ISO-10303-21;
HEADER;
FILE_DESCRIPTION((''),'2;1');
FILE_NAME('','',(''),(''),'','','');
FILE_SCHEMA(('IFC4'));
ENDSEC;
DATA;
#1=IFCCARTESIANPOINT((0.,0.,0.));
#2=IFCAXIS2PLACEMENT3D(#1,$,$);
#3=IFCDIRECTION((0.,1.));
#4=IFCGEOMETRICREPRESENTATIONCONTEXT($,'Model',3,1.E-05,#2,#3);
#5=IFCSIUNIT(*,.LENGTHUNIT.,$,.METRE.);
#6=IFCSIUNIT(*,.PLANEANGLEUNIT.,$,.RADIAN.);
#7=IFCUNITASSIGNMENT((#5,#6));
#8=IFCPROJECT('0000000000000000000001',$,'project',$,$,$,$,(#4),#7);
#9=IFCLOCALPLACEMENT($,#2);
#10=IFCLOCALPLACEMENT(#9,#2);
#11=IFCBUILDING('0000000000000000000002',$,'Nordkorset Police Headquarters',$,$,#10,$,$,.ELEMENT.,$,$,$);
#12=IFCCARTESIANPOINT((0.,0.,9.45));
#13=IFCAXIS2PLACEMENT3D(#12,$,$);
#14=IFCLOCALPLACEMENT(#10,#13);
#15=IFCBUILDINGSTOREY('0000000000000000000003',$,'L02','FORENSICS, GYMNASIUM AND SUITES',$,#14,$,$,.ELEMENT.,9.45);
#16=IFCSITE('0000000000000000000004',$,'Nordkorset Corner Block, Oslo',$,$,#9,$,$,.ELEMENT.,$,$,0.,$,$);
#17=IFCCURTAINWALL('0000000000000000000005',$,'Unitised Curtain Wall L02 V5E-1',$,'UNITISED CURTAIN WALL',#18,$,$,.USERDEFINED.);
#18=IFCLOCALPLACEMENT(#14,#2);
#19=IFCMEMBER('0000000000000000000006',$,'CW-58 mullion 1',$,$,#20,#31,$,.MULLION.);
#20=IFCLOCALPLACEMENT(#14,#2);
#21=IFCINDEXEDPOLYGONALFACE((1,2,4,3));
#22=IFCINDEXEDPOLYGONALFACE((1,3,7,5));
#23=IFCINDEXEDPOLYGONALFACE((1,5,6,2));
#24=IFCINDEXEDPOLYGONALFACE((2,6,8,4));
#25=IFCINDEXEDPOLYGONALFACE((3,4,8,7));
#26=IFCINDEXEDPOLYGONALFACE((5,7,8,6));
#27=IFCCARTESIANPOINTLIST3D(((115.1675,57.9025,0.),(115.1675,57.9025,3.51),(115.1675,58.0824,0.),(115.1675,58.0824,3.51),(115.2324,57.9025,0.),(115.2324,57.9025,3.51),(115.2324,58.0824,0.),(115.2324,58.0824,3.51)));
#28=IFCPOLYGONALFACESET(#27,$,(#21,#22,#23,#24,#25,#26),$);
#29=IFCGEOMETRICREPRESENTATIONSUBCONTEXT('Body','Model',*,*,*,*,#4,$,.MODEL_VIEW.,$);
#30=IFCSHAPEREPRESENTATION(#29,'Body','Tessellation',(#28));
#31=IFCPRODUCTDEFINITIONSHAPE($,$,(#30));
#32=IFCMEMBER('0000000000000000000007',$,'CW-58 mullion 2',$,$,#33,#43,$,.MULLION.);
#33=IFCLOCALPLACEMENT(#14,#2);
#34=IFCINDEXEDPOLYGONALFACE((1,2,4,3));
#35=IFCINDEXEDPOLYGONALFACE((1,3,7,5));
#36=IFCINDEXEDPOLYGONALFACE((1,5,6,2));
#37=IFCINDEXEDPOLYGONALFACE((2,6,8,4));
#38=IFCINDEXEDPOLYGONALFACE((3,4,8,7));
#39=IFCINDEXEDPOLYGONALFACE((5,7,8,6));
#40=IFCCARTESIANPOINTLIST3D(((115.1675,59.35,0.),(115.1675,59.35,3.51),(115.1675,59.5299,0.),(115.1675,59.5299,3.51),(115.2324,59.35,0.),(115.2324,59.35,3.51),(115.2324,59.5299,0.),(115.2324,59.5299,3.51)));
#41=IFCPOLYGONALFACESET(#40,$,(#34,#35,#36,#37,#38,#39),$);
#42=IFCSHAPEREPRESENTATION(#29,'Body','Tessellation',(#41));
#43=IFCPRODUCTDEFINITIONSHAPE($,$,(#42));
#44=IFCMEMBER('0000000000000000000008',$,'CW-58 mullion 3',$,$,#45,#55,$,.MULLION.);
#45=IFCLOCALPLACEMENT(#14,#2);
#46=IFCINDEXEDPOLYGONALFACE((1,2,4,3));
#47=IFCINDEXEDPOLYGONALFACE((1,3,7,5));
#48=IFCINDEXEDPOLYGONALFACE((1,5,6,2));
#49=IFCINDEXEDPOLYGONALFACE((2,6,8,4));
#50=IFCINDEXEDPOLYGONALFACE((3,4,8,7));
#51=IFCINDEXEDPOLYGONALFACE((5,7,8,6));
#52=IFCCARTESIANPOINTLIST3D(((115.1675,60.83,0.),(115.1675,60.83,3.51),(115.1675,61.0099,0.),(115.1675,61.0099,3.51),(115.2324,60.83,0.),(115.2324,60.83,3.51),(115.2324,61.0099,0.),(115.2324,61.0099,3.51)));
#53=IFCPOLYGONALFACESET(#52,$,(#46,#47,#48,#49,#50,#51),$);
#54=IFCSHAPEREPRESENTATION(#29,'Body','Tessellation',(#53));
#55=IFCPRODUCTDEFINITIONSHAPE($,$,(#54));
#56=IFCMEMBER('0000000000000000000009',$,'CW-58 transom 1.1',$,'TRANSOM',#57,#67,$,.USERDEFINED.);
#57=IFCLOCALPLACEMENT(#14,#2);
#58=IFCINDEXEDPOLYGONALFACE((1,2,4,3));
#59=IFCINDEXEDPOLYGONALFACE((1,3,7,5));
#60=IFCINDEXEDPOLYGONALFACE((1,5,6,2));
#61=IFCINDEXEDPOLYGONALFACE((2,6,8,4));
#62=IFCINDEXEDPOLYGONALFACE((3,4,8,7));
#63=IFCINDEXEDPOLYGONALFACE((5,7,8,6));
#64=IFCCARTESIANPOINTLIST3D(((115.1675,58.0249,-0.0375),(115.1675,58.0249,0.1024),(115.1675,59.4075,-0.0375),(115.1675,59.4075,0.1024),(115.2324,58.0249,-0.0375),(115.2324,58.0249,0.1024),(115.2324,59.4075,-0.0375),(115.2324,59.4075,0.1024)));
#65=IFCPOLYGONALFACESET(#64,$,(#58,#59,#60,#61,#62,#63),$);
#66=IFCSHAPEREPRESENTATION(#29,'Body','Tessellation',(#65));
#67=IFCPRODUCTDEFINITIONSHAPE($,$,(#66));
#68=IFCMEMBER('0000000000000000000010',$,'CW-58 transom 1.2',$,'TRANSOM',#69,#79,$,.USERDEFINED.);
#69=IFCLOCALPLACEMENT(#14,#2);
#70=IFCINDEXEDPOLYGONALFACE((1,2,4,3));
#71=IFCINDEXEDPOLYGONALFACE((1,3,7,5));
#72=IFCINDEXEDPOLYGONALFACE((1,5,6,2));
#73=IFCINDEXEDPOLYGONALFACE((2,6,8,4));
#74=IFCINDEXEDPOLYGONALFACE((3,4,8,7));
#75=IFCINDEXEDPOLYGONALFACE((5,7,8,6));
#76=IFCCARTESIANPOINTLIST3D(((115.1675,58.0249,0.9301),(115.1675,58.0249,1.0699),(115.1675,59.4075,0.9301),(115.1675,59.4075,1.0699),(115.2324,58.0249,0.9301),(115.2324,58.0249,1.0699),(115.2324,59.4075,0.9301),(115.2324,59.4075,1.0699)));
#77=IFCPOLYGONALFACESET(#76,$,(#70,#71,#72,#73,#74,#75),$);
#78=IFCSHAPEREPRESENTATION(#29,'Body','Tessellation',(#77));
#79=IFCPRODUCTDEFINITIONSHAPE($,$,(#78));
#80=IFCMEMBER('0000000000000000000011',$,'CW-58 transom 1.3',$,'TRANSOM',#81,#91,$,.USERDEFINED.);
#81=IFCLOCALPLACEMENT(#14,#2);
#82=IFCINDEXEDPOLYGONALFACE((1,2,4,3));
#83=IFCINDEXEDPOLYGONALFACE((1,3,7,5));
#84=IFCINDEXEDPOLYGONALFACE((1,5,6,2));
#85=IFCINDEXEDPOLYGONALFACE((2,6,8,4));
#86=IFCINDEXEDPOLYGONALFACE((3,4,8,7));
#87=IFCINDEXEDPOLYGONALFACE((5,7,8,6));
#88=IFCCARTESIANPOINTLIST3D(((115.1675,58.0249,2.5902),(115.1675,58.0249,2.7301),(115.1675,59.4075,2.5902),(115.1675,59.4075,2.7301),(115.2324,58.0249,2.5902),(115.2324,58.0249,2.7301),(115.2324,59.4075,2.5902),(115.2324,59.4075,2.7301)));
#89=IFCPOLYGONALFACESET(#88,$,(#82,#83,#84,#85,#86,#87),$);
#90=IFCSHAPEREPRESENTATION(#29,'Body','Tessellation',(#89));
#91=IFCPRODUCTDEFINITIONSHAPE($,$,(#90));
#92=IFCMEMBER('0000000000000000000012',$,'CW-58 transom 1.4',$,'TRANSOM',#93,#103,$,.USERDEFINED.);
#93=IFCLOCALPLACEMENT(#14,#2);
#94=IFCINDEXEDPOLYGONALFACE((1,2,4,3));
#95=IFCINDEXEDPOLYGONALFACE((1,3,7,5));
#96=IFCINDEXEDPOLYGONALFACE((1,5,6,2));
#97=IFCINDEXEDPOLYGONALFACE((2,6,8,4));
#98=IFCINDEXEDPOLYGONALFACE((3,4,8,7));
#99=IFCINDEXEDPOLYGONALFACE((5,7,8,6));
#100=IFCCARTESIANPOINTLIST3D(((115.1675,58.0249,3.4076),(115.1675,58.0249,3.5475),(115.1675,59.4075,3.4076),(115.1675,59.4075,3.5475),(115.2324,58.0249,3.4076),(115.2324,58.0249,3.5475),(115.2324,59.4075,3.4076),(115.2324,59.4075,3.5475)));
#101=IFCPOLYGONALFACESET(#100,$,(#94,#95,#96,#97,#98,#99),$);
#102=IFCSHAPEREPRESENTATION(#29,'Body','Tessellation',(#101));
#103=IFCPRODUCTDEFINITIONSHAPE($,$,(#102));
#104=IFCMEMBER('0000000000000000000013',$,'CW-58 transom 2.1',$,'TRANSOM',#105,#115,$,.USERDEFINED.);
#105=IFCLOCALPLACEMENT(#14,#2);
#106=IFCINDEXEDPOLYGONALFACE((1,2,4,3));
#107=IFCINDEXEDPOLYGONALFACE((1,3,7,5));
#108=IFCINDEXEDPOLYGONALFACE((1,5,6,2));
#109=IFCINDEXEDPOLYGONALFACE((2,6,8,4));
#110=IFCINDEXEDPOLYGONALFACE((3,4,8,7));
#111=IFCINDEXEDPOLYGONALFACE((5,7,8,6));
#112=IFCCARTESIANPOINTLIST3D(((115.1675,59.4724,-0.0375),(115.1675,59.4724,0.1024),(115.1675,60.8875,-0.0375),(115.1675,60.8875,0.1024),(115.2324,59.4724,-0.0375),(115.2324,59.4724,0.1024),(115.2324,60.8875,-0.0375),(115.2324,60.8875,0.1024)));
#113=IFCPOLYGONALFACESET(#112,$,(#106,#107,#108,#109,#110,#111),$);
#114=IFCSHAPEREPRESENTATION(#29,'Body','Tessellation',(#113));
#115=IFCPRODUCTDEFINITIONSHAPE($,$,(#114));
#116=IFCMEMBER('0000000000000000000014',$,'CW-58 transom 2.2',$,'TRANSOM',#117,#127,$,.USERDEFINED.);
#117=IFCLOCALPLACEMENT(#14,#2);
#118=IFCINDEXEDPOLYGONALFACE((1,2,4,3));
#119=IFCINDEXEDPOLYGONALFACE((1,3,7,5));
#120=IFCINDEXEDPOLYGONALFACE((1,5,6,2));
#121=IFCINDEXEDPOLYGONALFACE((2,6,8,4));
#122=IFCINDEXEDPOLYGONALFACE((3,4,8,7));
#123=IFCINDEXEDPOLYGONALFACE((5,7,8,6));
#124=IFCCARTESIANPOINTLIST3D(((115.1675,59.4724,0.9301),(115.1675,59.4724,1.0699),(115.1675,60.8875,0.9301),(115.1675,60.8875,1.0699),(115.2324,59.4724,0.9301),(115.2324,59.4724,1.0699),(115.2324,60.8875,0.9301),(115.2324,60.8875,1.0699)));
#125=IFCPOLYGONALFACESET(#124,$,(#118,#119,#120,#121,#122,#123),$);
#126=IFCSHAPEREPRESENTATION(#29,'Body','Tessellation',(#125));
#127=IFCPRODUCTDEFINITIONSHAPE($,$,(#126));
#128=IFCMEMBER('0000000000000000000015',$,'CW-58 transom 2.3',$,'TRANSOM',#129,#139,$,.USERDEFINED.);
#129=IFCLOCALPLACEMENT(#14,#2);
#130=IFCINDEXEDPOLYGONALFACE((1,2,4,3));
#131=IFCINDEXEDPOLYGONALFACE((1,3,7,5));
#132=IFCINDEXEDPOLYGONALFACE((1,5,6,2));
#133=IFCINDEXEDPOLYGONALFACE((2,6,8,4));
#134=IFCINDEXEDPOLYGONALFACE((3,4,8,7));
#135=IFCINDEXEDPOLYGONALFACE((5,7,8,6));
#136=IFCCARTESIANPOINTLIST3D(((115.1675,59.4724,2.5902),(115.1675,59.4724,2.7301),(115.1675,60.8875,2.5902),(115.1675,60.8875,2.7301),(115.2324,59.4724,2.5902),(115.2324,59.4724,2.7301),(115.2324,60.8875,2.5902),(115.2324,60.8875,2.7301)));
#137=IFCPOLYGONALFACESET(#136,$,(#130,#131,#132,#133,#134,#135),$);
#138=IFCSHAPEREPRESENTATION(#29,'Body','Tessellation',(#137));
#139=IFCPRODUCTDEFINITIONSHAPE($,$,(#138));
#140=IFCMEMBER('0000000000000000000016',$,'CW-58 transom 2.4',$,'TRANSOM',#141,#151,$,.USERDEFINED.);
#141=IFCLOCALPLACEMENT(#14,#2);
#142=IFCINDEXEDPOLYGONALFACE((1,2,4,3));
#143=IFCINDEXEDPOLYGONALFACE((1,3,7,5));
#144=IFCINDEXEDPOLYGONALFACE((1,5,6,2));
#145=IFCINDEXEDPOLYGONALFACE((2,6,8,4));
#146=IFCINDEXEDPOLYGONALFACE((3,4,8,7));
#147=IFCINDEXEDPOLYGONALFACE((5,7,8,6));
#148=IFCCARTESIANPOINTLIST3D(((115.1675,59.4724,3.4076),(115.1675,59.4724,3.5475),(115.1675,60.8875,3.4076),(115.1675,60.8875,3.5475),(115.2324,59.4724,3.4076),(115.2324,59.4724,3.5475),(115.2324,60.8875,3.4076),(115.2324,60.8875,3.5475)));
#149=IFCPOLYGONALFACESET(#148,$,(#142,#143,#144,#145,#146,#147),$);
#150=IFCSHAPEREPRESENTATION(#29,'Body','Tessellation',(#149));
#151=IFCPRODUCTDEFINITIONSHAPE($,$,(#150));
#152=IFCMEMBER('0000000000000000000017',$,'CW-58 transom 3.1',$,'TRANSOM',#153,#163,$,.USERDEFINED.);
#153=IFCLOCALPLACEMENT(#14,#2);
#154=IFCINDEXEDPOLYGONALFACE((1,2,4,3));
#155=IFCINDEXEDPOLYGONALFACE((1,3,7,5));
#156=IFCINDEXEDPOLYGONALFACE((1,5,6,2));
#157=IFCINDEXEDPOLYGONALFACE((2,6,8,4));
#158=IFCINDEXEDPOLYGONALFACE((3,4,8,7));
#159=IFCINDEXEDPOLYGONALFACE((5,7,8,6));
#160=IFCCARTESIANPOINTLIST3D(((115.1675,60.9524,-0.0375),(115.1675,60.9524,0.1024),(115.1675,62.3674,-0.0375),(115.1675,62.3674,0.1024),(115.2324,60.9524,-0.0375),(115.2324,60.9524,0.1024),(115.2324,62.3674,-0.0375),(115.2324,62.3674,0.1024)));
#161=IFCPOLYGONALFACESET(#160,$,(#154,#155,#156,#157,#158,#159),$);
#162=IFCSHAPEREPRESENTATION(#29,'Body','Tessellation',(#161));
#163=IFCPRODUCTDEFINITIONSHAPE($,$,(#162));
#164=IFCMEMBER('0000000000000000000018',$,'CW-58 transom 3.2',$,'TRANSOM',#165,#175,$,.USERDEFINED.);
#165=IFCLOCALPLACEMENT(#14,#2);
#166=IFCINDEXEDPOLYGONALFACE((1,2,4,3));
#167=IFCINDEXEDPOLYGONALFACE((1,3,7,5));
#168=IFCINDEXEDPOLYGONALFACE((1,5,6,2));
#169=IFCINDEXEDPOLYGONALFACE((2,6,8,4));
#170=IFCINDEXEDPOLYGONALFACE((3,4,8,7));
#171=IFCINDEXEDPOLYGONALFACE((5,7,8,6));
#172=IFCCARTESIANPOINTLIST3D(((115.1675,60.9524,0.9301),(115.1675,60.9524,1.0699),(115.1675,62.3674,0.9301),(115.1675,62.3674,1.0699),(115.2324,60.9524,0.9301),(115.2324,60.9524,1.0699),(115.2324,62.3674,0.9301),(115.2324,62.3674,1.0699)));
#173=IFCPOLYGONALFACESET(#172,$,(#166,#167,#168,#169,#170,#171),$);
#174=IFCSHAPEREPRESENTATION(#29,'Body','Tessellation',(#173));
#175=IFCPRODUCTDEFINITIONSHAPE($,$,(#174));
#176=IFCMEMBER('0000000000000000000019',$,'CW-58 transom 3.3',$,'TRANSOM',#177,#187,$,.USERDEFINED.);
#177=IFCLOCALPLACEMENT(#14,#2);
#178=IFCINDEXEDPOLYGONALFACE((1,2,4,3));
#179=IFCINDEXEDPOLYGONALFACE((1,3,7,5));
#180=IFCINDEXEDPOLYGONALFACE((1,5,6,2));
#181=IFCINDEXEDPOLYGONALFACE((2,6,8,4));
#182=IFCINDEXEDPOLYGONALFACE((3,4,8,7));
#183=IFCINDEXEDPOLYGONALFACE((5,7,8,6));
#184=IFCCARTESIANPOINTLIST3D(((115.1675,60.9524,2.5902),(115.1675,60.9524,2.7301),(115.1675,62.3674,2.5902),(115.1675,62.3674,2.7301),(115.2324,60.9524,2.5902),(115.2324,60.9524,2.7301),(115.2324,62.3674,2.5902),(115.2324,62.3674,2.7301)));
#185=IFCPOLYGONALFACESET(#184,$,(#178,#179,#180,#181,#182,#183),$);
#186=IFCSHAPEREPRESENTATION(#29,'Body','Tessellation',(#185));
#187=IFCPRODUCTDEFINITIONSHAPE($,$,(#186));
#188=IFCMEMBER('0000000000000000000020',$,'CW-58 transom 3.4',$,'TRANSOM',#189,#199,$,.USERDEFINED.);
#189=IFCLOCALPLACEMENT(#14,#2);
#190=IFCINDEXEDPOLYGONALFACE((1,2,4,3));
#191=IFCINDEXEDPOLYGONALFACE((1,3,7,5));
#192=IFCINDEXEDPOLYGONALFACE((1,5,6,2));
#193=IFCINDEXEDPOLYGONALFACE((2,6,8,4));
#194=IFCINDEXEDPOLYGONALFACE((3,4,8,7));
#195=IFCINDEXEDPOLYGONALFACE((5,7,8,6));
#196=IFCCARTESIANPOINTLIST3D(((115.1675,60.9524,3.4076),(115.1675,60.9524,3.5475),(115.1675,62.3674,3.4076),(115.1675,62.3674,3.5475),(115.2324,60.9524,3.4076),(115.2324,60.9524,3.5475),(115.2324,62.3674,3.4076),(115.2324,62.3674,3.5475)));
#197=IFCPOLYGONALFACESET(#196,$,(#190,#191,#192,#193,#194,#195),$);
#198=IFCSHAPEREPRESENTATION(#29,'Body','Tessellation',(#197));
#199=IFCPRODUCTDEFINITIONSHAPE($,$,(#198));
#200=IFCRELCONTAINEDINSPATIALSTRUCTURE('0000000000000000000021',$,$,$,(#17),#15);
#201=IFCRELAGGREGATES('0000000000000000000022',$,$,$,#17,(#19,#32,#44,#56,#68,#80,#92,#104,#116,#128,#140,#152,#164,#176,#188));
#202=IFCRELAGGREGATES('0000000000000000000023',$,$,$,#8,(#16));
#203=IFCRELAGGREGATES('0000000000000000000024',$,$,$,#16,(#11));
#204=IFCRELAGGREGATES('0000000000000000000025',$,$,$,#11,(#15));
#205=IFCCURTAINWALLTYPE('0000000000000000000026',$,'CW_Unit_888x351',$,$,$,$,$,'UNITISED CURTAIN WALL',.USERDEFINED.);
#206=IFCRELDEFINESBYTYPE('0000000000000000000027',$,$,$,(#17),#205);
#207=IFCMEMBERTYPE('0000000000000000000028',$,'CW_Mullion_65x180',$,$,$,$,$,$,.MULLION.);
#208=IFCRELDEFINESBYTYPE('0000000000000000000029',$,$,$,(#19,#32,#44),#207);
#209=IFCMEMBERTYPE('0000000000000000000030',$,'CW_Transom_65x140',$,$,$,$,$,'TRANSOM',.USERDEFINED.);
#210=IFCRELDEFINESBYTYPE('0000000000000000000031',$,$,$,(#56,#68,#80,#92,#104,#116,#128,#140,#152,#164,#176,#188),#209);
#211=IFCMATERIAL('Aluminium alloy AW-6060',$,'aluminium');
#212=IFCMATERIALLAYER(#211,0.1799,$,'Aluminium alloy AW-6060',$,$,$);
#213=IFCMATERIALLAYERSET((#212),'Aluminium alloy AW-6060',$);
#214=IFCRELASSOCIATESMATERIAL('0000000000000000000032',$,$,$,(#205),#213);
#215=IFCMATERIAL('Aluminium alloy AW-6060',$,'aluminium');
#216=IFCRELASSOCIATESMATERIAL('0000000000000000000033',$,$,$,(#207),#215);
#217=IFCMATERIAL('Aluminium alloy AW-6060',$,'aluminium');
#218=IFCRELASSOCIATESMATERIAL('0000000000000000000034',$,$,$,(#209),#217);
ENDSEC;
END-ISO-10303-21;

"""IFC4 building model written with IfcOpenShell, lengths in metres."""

from ifc_helpers import new_model, si_unit, direction, frame, origin, origin_2d, place, context, subcontext, project, spatial, rectangle, extrude, material, layer, layer_set, material_profile, profile_set, type_object, element, aggregate, save


model = new_model("IFC4")

# Units and contexts
model_context = context("Model", 3, precision=1e-05, world=origin(), true_north=direction((0.0, 1.0)))
body_context = subcontext(model_context, "Body", "Model", "MODEL_VIEW")
ifc_project = project(units=[si_unit("LENGTHUNIT", "METRE"), si_unit("PLANEANGLEUNIT", "RADIAN")], contexts=[model_context])

# Site, building, storey
site_placement = place(None, origin())
site = spatial("IfcSite", under=ifc_project, at=site_placement, Name="Nordkorset Corner Block, Oslo", CompositionType="ELEMENT", RefElevation=0.0)
building_placement = place(site_placement, origin())
building = spatial("IfcBuilding", under=site, at=building_placement, Name="Nordkorset Police Headquarters", CompositionType="ELEMENT")
storey_placement = place(building_placement, frame((0.0, 0.0, 9.45)))
storey = spatial("IfcBuildingStorey", under=building, at=storey_placement, Name="L02", Description="FORENSICS, GYMNASIUM AND SUITES", CompositionType="ELEMENT", Elevation=9.45)

# Curtain wall, members
ifc_material_1 = material(Name="Aluminium alloy AW-6060", Category="aluminium")
ifc_layer_1 = layer(ifc_material_1, 0.1799, Name="Aluminium alloy AW-6060")
ifc_layer_set_1 = layer_set([ifc_layer_1], Name="Aluminium alloy AW-6060")
curtain_wall_type = type_object("IfcCurtainWallType", Name="CW_Unit_888x351", ElementType="UNITISED CURTAIN WALL", PredefinedType="USERDEFINED", material=ifc_layer_set_1)
curtain_wall_placement = place(storey_placement, origin())
curtain_wall = element("IfcCurtainWall", 1, at=curtain_wall_placement, inside=storey, type_object=curtain_wall_type, Name="Unitised Curtain Wall L02 V5E-1", ObjectType="UNITISED CURTAIN WALL", PredefinedType="USERDEFINED")
ifc_material_2 = material(Name="Aluminium alloy AW-6060", Category="aluminium")
ifc_material_profile_1 = material_profile(ifc_material_2, rectangle(XDim=0.0649, YDim=0.1799, at=origin_2d()), Name="ALU MULL 65x180")
ifc_profile_set_1 = profile_set([ifc_material_profile_1], Name="Aluminium alloy AW-6060")
member_type_1 = type_object("IfcMemberType", Name="CW_Mullion_65x180", PredefinedType="MULLION", material=ifc_profile_set_1)
member_1_placement = place(storey_placement, frame((115.2, 57.9924, 0.0), z_axis=(0.0, 0.0, 1.0), x_axis=(-1.0, 0.0, 0.0)))
member_1 = element("IfcMember", 2, at=member_1_placement, type_object=member_type_1, Name="CW-58 mullion 1", PredefinedType="MULLION", context=body_context, shape_type="SweptSolid", body=[
    extrude(rectangle(XDim=0.0649, YDim=0.1799, at=origin_2d()), origin(), (0.0, 0.0, 1.0), 3.51),
])
member_2_placement = place(storey_placement, frame((115.2, 59.4399, 0.0), z_axis=(0.0, 0.0, 1.0), x_axis=(-1.0, 0.0, 0.0)))
member_2 = element("IfcMember", 3, at=member_2_placement, type_object=member_type_1, Name="CW-58 mullion 2", PredefinedType="MULLION", context=body_context, shape_type="SweptSolid", body=[
    extrude(rectangle(XDim=0.0649, YDim=0.1799, at=origin_2d()), origin(), (0.0, 0.0, 1.0), 3.51),
])
member_3_placement = place(storey_placement, frame((115.2, 60.9199, 0.0), z_axis=(0.0, 0.0, 1.0), x_axis=(-1.0, 0.0, 0.0)))
member_3 = element("IfcMember", 4, at=member_3_placement, type_object=member_type_1, Name="CW-58 mullion 3", PredefinedType="MULLION", context=body_context, shape_type="SweptSolid", body=[
    extrude(rectangle(XDim=0.0649, YDim=0.1799, at=origin_2d()), origin(), (0.0, 0.0, 1.0), 3.51),
])
ifc_material_3 = material(Name="Aluminium alloy AW-6060", Category="aluminium")
ifc_material_profile_2 = material_profile(ifc_material_3, rectangle(XDim=0.0649, YDim=0.1399, at=origin_2d()), Name="ALU TRAN 65x140")
ifc_profile_set_2 = profile_set([ifc_material_profile_2], Name="Aluminium alloy AW-6060")
member_type_2 = type_object("IfcMemberType", Name="CW_Transom_65x140", ElementType="TRANSOM", PredefinedType="USERDEFINED", material=ifc_profile_set_2)
member_4_placement = place(storey_placement, frame((115.2, 58.0249, 0.0325), z_axis=(0.0, 1.0, 0.0), x_axis=(-1.0, 0.0, 0.0)))
member_4 = element("IfcMember", 5, at=member_4_placement, type_object=member_type_2, Name="CW-58 transom 1.1", ObjectType="TRANSOM", PredefinedType="USERDEFINED", context=body_context, shape_type="SweptSolid", body=[
    extrude(rectangle(XDim=0.0649, YDim=0.1399, at=origin_2d()), origin(), (0.0, 0.0, 1.0), 1.3826),
])
member_5_placement = place(storey_placement, frame((115.2, 58.0249, 1.0), z_axis=(0.0, 1.0, 0.0), x_axis=(-1.0, 0.0, 0.0)))
member_5 = element("IfcMember", 6, at=member_5_placement, type_object=member_type_2, Name="CW-58 transom 1.2", ObjectType="TRANSOM", PredefinedType="USERDEFINED", context=body_context, shape_type="SweptSolid", body=[
    extrude(rectangle(XDim=0.0649, YDim=0.1399, at=origin_2d()), origin(), (0.0, 0.0, 1.0), 1.3826),
])
member_6_placement = place(storey_placement, frame((115.2, 58.0249, 2.6602), z_axis=(0.0, 1.0, 0.0), x_axis=(-1.0, 0.0, 0.0)))
member_6 = element("IfcMember", 7, at=member_6_placement, type_object=member_type_2, Name="CW-58 transom 1.3", ObjectType="TRANSOM", PredefinedType="USERDEFINED", context=body_context, shape_type="SweptSolid", body=[
    extrude(rectangle(XDim=0.0649, YDim=0.1399, at=origin_2d()), origin(), (0.0, 0.0, 1.0), 1.3826),
])
member_7_placement = place(storey_placement, frame((115.2, 58.0249, 3.4775), z_axis=(0.0, 1.0, 0.0), x_axis=(-1.0, 0.0, 0.0)))
member_7 = element("IfcMember", 8, at=member_7_placement, type_object=member_type_2, Name="CW-58 transom 1.4", ObjectType="TRANSOM", PredefinedType="USERDEFINED", context=body_context, shape_type="SweptSolid", body=[
    extrude(rectangle(XDim=0.0649, YDim=0.1399, at=origin_2d()), origin(), (0.0, 0.0, 1.0), 1.3826),
])
member_8_placement = place(storey_placement, frame((115.2, 59.4724, 0.0325), z_axis=(0.0, 1.0, 0.0), x_axis=(-1.0, 0.0, 0.0)))
member_8 = element("IfcMember", 9, at=member_8_placement, type_object=member_type_2, Name="CW-58 transom 2.1", ObjectType="TRANSOM", PredefinedType="USERDEFINED", context=body_context, shape_type="SweptSolid", body=[
    extrude(rectangle(XDim=0.0649, YDim=0.1399, at=origin_2d()), origin(), (0.0, 0.0, 1.0), 1.415),
])
member_9_placement = place(storey_placement, frame((115.2, 59.4724, 1.0), z_axis=(0.0, 1.0, 0.0), x_axis=(-1.0, 0.0, 0.0)))
member_9 = element("IfcMember", 10, at=member_9_placement, type_object=member_type_2, Name="CW-58 transom 2.2", ObjectType="TRANSOM", PredefinedType="USERDEFINED", context=body_context, shape_type="SweptSolid", body=[
    extrude(rectangle(XDim=0.0649, YDim=0.1399, at=origin_2d()), origin(), (0.0, 0.0, 1.0), 1.415),
])
member_10_placement = place(storey_placement, frame((115.2, 59.4724, 2.6602), z_axis=(0.0, 1.0, 0.0), x_axis=(-1.0, 0.0, 0.0)))
member_10 = element("IfcMember", 11, at=member_10_placement, type_object=member_type_2, Name="CW-58 transom 2.3", ObjectType="TRANSOM", PredefinedType="USERDEFINED", context=body_context, shape_type="SweptSolid", body=[
    extrude(rectangle(XDim=0.0649, YDim=0.1399, at=origin_2d()), origin(), (0.0, 0.0, 1.0), 1.415),
])
member_11_placement = place(storey_placement, frame((115.2, 59.4724, 3.4775), z_axis=(0.0, 1.0, 0.0), x_axis=(-1.0, 0.0, 0.0)))
member_11 = element("IfcMember", 12, at=member_11_placement, type_object=member_type_2, Name="CW-58 transom 2.4", ObjectType="TRANSOM", PredefinedType="USERDEFINED", context=body_context, shape_type="SweptSolid", body=[
    extrude(rectangle(XDim=0.0649, YDim=0.1399, at=origin_2d()), origin(), (0.0, 0.0, 1.0), 1.415),
])
member_12_placement = place(storey_placement, frame((115.2, 60.9524, 0.0325), z_axis=(0.0, 1.0, 0.0), x_axis=(-1.0, 0.0, 0.0)))
member_12 = element("IfcMember", 13, at=member_12_placement, type_object=member_type_2, Name="CW-58 transom 3.1", ObjectType="TRANSOM", PredefinedType="USERDEFINED", context=body_context, shape_type="SweptSolid", body=[
    extrude(rectangle(XDim=0.0649, YDim=0.1399, at=origin_2d()), origin(), (0.0, 0.0, 1.0), 1.415),
])
member_13_placement = place(storey_placement, frame((115.2, 60.9524, 1.0), z_axis=(0.0, 1.0, 0.0), x_axis=(-1.0, 0.0, 0.0)))
member_13 = element("IfcMember", 14, at=member_13_placement, type_object=member_type_2, Name="CW-58 transom 3.2", ObjectType="TRANSOM", PredefinedType="USERDEFINED", context=body_context, shape_type="SweptSolid", body=[
    extrude(rectangle(XDim=0.0649, YDim=0.1399, at=origin_2d()), origin(), (0.0, 0.0, 1.0), 1.415),
])
member_14_placement = place(storey_placement, frame((115.2, 60.9524, 2.6602), z_axis=(0.0, 1.0, 0.0), x_axis=(-1.0, 0.0, 0.0)))
member_14 = element("IfcMember", 15, at=member_14_placement, type_object=member_type_2, Name="CW-58 transom 3.3", ObjectType="TRANSOM", PredefinedType="USERDEFINED", context=body_context, shape_type="SweptSolid", body=[
    extrude(rectangle(XDim=0.0649, YDim=0.1399, at=origin_2d()), origin(), (0.0, 0.0, 1.0), 1.415),
])
member_15_placement = place(storey_placement, frame((115.2, 60.9524, 3.4775), z_axis=(0.0, 1.0, 0.0), x_axis=(-1.0, 0.0, 0.0)))
member_15 = element("IfcMember", 16, at=member_15_placement, type_object=member_type_2, Name="CW-58 transom 3.4", ObjectType="TRANSOM", PredefinedType="USERDEFINED", context=body_context, shape_type="SweptSolid", body=[
    extrude(rectangle(XDim=0.0649, YDim=0.1399, at=origin_2d()), origin(), (0.0, 0.0, 1.0), 1.415),
])

aggregate(curtain_wall, [member_1, member_2, member_3, member_4, member_5, member_6, member_7, member_8, member_9, member_10, member_11, member_12, member_13, member_14, member_15])

save(model, "model.ifc")
